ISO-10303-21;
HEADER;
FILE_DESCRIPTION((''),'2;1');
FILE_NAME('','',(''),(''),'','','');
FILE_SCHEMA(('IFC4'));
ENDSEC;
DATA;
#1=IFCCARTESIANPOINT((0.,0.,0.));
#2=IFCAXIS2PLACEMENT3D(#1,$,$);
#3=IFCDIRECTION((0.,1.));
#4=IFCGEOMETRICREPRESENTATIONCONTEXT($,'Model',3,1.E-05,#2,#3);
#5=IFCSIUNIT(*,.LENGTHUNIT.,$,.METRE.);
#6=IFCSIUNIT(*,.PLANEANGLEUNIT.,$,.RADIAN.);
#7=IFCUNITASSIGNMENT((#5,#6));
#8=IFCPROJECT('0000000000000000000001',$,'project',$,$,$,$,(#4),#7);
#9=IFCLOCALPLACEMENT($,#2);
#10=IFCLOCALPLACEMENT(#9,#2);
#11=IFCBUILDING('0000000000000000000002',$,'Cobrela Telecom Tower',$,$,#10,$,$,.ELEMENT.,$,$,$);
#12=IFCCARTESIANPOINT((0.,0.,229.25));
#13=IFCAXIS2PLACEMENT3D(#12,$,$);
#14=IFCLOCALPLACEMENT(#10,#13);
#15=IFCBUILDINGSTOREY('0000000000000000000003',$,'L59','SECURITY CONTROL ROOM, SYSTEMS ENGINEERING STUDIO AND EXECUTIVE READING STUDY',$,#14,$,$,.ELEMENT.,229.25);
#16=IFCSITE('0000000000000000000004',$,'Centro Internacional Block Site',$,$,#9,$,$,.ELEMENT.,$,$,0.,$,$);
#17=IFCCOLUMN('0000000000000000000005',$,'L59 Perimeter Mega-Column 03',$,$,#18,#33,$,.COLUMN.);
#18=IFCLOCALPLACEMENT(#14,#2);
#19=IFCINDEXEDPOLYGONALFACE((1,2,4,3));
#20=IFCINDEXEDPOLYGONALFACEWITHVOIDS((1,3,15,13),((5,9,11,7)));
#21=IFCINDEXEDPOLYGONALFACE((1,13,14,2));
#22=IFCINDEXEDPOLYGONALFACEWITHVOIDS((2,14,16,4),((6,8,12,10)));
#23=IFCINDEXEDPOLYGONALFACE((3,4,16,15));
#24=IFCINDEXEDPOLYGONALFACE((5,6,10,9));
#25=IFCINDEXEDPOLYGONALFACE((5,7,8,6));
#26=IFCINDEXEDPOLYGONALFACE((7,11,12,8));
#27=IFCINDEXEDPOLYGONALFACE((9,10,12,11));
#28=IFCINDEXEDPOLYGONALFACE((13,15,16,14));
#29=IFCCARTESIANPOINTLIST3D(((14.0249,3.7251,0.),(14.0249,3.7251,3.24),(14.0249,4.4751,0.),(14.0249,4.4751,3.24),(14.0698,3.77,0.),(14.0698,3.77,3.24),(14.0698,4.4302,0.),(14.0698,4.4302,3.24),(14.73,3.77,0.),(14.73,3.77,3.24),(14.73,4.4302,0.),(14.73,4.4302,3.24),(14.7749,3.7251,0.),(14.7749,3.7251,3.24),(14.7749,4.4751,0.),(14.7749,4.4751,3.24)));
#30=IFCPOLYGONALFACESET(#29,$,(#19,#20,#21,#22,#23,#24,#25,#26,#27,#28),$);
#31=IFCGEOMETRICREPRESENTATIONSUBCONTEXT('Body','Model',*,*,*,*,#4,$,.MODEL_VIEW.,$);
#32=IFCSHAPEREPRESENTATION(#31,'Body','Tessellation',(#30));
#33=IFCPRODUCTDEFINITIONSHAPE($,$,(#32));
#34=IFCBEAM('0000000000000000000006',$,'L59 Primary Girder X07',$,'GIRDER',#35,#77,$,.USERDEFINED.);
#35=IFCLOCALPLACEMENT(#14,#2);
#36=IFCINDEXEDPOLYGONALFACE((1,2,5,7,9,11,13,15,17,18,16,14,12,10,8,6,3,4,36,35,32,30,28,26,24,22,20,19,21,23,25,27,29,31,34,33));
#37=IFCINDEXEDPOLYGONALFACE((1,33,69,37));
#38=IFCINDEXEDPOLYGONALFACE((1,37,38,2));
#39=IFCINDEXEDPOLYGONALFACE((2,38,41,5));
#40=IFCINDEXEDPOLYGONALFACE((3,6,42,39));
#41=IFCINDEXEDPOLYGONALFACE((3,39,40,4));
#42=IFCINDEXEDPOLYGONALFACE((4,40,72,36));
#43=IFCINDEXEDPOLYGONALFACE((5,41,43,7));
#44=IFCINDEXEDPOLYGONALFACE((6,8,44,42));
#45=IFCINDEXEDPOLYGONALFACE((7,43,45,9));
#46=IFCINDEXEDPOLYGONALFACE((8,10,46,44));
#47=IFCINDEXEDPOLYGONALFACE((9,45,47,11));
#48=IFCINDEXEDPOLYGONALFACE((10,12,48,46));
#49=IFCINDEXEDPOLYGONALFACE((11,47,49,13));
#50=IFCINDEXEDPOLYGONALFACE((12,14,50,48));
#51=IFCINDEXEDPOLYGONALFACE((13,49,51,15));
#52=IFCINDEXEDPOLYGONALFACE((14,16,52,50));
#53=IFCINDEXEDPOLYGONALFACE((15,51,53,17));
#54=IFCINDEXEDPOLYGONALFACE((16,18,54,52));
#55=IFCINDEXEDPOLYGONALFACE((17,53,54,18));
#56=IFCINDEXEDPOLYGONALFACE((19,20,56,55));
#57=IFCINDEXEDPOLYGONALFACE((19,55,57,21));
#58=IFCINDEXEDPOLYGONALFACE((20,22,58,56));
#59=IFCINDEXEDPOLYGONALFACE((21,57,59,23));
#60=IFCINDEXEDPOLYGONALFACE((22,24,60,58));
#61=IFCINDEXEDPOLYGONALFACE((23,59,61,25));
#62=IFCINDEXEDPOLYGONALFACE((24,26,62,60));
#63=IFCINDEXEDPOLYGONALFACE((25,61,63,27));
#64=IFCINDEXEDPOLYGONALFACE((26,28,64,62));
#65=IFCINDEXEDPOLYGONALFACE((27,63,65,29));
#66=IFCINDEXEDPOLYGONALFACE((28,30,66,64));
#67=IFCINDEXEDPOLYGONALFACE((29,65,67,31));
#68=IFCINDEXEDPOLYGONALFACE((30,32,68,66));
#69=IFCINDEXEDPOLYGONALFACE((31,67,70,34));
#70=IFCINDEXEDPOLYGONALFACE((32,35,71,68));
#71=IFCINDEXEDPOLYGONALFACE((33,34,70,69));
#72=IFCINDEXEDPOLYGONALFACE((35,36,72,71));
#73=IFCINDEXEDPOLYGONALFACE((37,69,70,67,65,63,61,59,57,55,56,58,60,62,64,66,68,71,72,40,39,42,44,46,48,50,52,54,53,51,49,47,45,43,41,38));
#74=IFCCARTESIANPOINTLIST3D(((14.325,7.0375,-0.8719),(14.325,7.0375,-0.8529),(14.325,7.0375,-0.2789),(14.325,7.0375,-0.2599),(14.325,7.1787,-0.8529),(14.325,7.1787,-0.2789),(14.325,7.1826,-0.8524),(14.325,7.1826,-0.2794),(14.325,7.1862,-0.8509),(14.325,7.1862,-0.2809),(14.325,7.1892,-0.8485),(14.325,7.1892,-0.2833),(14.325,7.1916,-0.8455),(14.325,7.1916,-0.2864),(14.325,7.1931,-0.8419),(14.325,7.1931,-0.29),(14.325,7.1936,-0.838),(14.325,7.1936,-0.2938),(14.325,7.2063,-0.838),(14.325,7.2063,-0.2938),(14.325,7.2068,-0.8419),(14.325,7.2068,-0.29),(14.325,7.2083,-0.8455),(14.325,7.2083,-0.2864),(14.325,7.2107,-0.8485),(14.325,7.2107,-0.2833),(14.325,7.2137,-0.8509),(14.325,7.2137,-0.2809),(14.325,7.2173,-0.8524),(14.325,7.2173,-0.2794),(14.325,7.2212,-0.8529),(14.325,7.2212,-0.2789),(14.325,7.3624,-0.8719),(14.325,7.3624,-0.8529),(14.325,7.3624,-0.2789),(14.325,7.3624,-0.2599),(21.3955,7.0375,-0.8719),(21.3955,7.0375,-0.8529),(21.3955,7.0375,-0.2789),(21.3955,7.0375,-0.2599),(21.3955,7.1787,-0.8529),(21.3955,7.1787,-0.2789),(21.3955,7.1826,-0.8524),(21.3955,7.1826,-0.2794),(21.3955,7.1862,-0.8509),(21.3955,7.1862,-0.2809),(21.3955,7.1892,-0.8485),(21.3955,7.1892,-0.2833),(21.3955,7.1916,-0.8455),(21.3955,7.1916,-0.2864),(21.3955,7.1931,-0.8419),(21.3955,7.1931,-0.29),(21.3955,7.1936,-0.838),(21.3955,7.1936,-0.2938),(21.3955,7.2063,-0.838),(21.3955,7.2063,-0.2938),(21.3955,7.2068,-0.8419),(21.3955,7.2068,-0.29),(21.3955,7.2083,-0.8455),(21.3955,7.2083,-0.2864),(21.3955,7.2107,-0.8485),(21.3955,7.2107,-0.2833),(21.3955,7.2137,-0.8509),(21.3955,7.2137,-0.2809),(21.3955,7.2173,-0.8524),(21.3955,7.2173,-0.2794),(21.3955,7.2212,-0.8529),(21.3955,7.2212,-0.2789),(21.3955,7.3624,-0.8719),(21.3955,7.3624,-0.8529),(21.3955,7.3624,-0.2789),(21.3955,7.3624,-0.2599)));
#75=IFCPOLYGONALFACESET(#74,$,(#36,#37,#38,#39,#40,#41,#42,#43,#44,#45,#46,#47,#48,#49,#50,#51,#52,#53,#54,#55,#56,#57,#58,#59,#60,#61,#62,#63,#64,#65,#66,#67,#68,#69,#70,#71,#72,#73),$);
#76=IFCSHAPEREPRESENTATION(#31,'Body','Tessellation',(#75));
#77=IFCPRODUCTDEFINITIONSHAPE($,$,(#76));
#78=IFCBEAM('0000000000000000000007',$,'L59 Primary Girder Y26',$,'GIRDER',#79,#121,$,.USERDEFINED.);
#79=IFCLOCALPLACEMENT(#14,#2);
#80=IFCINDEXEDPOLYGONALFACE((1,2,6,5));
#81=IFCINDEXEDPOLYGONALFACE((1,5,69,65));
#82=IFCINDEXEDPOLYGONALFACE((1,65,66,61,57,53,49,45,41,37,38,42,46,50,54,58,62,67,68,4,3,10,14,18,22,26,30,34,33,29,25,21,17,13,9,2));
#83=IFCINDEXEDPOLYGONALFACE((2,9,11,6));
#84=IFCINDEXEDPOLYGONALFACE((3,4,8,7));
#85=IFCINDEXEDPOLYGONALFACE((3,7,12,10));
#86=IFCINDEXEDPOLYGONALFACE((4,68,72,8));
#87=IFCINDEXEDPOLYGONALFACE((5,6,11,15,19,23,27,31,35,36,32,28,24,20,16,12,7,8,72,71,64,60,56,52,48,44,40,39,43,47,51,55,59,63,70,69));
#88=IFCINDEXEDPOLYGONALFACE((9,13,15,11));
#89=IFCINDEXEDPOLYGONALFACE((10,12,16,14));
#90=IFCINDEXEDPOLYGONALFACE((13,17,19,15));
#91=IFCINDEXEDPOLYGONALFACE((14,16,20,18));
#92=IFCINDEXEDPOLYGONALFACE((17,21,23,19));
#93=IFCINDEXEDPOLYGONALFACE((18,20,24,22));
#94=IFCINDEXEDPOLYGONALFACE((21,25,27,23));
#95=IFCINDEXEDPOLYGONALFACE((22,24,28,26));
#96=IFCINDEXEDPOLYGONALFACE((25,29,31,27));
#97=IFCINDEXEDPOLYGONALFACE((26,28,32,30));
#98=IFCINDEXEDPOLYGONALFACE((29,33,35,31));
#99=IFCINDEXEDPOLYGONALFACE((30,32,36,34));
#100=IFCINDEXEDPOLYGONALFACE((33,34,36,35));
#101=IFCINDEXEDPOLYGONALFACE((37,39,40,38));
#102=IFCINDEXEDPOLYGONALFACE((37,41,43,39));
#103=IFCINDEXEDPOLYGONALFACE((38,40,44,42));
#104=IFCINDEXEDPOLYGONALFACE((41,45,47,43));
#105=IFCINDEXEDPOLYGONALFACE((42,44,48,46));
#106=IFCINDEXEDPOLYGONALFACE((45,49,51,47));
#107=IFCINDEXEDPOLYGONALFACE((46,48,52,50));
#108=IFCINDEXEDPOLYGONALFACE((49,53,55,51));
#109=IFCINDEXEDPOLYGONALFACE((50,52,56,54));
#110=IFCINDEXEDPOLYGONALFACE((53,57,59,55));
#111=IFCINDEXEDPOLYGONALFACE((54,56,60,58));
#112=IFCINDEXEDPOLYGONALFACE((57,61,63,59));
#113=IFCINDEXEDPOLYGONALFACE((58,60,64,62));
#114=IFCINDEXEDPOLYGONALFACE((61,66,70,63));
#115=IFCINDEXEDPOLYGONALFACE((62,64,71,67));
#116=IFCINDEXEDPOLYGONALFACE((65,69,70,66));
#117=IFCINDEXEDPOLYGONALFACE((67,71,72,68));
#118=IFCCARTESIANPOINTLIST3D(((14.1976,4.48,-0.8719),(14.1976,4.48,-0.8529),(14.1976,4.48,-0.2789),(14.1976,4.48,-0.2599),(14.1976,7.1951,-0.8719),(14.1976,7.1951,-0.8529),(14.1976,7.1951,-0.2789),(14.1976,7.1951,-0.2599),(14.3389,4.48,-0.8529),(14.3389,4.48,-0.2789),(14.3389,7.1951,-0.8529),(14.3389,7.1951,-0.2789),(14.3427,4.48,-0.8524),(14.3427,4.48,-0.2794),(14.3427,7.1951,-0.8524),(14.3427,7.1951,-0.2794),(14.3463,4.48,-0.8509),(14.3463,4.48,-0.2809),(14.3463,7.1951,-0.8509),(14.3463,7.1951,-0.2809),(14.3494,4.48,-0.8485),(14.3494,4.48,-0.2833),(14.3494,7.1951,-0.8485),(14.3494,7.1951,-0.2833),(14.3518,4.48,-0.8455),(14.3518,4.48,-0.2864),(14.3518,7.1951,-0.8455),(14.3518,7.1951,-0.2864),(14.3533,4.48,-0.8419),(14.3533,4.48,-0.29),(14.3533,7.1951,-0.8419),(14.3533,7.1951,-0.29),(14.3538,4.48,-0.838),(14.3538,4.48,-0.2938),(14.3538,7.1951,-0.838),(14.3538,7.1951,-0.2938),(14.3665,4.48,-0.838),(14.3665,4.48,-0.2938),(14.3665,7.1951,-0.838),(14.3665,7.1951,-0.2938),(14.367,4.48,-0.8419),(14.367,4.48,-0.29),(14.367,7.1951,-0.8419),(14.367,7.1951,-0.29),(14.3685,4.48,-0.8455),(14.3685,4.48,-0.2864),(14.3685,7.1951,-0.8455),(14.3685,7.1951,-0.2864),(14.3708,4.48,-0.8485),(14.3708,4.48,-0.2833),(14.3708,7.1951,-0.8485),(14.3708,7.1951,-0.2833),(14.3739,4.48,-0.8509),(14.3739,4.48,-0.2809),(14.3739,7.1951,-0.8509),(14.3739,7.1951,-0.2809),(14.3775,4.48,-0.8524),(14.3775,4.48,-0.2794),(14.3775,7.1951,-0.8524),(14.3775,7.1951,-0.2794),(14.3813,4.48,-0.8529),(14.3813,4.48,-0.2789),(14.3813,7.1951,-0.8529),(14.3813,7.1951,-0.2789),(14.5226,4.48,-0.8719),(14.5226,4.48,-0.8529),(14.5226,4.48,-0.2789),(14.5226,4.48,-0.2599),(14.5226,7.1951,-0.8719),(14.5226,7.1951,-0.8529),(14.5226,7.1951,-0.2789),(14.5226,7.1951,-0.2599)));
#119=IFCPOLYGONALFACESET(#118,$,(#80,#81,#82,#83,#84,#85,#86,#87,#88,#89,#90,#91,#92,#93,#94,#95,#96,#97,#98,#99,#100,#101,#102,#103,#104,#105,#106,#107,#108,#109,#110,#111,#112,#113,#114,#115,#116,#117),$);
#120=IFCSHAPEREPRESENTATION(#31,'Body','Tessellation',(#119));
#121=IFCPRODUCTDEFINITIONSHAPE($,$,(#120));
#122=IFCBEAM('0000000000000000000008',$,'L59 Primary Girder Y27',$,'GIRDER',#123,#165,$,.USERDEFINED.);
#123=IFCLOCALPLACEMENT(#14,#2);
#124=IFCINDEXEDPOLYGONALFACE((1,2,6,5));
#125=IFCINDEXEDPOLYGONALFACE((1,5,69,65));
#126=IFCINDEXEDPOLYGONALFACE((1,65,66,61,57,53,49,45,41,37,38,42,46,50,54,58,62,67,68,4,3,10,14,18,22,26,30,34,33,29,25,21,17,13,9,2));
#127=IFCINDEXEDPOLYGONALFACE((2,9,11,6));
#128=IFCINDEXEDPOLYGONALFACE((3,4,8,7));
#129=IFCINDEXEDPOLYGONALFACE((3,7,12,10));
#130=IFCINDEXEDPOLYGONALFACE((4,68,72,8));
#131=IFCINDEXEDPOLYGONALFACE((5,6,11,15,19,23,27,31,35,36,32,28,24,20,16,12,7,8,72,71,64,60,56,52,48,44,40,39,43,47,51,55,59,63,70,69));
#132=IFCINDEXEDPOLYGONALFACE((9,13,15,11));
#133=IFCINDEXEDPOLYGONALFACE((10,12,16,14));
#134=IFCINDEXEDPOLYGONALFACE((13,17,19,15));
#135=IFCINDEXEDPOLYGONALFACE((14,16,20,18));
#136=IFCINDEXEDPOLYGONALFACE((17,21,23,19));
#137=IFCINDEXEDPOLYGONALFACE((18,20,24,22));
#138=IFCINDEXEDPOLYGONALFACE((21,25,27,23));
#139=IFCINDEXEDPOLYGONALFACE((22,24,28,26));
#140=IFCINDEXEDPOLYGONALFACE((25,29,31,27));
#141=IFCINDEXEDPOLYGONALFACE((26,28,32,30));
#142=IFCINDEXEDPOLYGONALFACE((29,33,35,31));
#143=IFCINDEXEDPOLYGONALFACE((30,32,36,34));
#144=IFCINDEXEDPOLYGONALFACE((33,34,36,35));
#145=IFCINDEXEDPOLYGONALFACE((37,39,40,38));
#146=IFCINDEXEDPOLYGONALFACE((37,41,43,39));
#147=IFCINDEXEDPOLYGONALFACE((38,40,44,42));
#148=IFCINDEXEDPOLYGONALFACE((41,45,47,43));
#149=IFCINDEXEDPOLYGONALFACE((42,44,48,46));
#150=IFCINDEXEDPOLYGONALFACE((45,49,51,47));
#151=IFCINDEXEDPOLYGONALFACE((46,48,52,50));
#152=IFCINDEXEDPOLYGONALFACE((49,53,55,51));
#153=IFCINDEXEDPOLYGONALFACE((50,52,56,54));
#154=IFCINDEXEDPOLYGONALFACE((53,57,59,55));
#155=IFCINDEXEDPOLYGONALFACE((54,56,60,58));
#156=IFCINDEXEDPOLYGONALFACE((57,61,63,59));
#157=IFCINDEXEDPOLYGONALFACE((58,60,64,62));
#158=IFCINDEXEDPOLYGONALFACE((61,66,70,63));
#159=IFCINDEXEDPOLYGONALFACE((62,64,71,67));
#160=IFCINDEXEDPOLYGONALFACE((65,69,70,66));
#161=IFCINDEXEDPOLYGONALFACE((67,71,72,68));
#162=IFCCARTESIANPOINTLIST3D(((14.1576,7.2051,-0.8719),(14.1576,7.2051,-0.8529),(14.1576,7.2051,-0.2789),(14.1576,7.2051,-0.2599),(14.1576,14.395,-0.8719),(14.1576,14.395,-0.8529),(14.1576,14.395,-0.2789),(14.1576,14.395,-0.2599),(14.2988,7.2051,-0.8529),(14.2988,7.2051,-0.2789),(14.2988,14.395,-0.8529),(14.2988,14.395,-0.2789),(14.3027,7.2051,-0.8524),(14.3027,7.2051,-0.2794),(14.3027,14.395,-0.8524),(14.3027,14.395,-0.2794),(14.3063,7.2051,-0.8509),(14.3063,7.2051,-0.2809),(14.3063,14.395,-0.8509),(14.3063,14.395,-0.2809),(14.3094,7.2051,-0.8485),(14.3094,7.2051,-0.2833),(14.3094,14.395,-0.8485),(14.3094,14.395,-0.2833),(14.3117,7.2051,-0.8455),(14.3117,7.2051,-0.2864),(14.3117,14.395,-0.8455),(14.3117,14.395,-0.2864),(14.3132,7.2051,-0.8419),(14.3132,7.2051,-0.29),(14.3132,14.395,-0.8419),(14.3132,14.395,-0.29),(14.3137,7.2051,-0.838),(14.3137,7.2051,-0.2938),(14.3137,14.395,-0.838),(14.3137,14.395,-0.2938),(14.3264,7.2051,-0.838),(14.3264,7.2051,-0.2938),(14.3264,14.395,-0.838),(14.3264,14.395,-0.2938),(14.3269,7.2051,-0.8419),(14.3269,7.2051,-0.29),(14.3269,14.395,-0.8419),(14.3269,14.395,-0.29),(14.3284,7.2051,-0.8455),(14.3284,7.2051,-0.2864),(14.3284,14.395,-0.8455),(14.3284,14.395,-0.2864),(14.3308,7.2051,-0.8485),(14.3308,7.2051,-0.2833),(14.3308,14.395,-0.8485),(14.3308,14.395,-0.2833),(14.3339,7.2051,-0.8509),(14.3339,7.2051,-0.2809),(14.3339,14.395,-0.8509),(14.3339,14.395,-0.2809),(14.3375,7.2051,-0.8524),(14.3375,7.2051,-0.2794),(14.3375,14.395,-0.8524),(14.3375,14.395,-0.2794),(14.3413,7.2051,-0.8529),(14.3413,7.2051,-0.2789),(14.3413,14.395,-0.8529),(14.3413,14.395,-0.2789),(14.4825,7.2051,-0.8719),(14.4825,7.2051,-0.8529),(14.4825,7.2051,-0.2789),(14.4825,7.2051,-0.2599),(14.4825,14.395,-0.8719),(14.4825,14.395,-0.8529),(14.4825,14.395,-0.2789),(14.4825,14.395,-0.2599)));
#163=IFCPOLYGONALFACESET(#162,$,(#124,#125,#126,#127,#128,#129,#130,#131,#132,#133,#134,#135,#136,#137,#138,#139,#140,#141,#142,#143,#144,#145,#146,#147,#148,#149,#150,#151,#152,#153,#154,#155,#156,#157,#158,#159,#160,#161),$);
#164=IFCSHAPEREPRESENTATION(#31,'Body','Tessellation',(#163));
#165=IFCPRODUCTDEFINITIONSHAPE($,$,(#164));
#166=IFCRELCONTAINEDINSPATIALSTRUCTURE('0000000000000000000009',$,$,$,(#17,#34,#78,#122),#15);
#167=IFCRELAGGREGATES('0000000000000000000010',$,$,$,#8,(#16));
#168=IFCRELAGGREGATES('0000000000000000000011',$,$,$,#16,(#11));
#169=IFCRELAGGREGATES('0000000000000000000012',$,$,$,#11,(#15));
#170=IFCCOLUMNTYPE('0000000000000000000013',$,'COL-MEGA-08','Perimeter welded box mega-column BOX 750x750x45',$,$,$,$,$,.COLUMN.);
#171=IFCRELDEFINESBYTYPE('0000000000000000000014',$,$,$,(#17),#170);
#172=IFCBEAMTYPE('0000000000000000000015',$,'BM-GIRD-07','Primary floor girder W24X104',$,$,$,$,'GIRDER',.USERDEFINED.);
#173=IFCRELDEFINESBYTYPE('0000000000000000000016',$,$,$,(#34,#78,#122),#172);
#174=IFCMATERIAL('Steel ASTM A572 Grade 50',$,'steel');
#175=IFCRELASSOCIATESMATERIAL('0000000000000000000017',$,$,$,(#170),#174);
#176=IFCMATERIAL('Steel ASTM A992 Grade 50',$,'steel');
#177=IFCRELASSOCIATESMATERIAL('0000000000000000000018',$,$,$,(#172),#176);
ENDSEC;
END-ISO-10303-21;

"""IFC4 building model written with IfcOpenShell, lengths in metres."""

from ifc_helpers import new_model, si_unit, direction, frame, origin, origin_2d, place, context, subcontext, project, spatial, hollow_rectangle, i_section, extrude, material, material_profile, profile_set, type_object, element, save


model = new_model("IFC4")

# Units and contexts
model_context = context("Model", 3, precision=1e-05, world=origin(), true_north=direction((0.0, 1.0)))
body_context = subcontext(model_context, "Body", "Model", "MODEL_VIEW")
ifc_project = project(units=[si_unit("LENGTHUNIT", "METRE"), si_unit("PLANEANGLEUNIT", "RADIAN")], contexts=[model_context])

# Site, building, storey
site_placement = place(None, origin())
site = spatial("IfcSite", under=ifc_project, at=site_placement, Name="Centro Internacional Block Site", CompositionType="ELEMENT", RefElevation=0.0)
building_placement = place(site_placement, origin())
building = spatial("IfcBuilding", under=site, at=building_placement, Name="Cobrela Telecom Tower", CompositionType="ELEMENT")
storey_placement = place(building_placement, frame((0.0, 0.0, 229.25)))
storey = spatial("IfcBuildingStorey", under=building, at=storey_placement, Name="L59", Description="SECURITY CONTROL ROOM, SYSTEMS ENGINEERING STUDIO AND EXECUTIVE READING STUDY", CompositionType="ELEMENT", Elevation=229.25)

# Column
ifc_material_1 = material(Name="Steel ASTM A572 Grade 50", Category="steel")
ifc_material_profile_1 = material_profile(ifc_material_1, hollow_rectangle(XDim=0.75, YDim=0.75, WallThickness=0.0449, at=origin_2d()), Name="BOX 750x750x45")
ifc_profile_set_1 = profile_set([ifc_material_profile_1], Name="Steel ASTM A572 Grade 50")
column_type = type_object("IfcColumnType", Name="COL-MEGA-08", Description="Perimeter welded box mega-column BOX 750x750x45", PredefinedType="COLUMN", material=ifc_profile_set_1)
column_placement = place(storey_placement, frame((14.3999, 4.1001, 0.0), z_axis=(0.0, 0.0, 1.0), x_axis=(1.0, 0.0, 0.0)))
element("IfcColumn", 1, at=column_placement, inside=storey, type_object=column_type, Name="L59 Perimeter Mega-Column 03", PredefinedType="COLUMN", context=body_context, shape_type="SweptSolid", body=[
    extrude(hollow_rectangle(XDim=0.75, YDim=0.75, WallThickness=0.0449, at=origin_2d()), origin(), (0.0, 0.0, 1.0), 3.24),
])

# Beams
ifc_material_2 = material(Name="Steel ASTM A992 Grade 50", Category="steel")
ifc_material_profile_2 = material_profile(ifc_material_2, i_section(OverallWidth=0.325, OverallDepth=0.6121, WebThickness=0.0127, FlangeThickness=0.019, FilletRadius=0.0149, at=origin_2d()), Name="W24X104")
ifc_profile_set_2 = profile_set([ifc_material_profile_2], Name="Steel ASTM A992 Grade 50")
beam_type_1 = type_object("IfcBeamType", Name="BM-GIRD-07", Description="Primary floor girder W24X104", ElementType="GIRDER", PredefinedType="USERDEFINED", material=ifc_profile_set_2)
beam_1_placement = place(storey_placement, frame((14.325, 7.2, -0.5659), z_axis=(1.0, 0.0, 0.0), x_axis=(0.0, 1.0, 0.0)))
element("IfcBeam", 2, at=beam_1_placement, inside=storey, type_object=beam_type_1, Name="L59 Primary Girder X07", ObjectType="GIRDER", PredefinedType="USERDEFINED", context=body_context, shape_type="SweptSolid", body=[
    extrude(i_section(OverallWidth=0.325, OverallDepth=0.6121, WebThickness=0.0127, FlangeThickness=0.019, FilletRadius=0.0149, at=origin_2d()), origin(), (0.0, 0.0, 1.0), 7.0706),
])
beam_2_placement = place(storey_placement, frame((14.3601, 4.48, -0.5659), z_axis=(0.0, 1.0, 0.0), x_axis=(-1.0, 0.0, 0.0)))
element("IfcBeam", 3, at=beam_2_placement, inside=storey, type_object=beam_type_1, Name="L59 Primary Girder Y26", ObjectType="GIRDER", PredefinedType="USERDEFINED", context=body_context, shape_type="SweptSolid", body=[
    extrude(i_section(OverallWidth=0.325, OverallDepth=0.6121, WebThickness=0.0127, FlangeThickness=0.019, FilletRadius=0.0149, at=origin_2d()), origin(), (0.0, 0.0, 1.0), 2.7151),
])
beam_3_placement = place(storey_placement, frame((14.3201, 7.2051, -0.5659), z_axis=(0.0, 1.0, 0.0), x_axis=(-1.0, 0.0, 0.0)))
element("IfcBeam", 4, at=beam_3_placement, inside=storey, type_object=beam_type_1, Name="L59 Primary Girder Y27", ObjectType="GIRDER", PredefinedType="USERDEFINED", context=body_context, shape_type="SweptSolid", body=[
    extrude(i_section(OverallWidth=0.325, OverallDepth=0.6121, WebThickness=0.0127, FlangeThickness=0.019, FilletRadius=0.0149, at=origin_2d()), origin(), (0.0, 0.0, 1.0), 7.1899),
])

save(model, "model.ifc")
